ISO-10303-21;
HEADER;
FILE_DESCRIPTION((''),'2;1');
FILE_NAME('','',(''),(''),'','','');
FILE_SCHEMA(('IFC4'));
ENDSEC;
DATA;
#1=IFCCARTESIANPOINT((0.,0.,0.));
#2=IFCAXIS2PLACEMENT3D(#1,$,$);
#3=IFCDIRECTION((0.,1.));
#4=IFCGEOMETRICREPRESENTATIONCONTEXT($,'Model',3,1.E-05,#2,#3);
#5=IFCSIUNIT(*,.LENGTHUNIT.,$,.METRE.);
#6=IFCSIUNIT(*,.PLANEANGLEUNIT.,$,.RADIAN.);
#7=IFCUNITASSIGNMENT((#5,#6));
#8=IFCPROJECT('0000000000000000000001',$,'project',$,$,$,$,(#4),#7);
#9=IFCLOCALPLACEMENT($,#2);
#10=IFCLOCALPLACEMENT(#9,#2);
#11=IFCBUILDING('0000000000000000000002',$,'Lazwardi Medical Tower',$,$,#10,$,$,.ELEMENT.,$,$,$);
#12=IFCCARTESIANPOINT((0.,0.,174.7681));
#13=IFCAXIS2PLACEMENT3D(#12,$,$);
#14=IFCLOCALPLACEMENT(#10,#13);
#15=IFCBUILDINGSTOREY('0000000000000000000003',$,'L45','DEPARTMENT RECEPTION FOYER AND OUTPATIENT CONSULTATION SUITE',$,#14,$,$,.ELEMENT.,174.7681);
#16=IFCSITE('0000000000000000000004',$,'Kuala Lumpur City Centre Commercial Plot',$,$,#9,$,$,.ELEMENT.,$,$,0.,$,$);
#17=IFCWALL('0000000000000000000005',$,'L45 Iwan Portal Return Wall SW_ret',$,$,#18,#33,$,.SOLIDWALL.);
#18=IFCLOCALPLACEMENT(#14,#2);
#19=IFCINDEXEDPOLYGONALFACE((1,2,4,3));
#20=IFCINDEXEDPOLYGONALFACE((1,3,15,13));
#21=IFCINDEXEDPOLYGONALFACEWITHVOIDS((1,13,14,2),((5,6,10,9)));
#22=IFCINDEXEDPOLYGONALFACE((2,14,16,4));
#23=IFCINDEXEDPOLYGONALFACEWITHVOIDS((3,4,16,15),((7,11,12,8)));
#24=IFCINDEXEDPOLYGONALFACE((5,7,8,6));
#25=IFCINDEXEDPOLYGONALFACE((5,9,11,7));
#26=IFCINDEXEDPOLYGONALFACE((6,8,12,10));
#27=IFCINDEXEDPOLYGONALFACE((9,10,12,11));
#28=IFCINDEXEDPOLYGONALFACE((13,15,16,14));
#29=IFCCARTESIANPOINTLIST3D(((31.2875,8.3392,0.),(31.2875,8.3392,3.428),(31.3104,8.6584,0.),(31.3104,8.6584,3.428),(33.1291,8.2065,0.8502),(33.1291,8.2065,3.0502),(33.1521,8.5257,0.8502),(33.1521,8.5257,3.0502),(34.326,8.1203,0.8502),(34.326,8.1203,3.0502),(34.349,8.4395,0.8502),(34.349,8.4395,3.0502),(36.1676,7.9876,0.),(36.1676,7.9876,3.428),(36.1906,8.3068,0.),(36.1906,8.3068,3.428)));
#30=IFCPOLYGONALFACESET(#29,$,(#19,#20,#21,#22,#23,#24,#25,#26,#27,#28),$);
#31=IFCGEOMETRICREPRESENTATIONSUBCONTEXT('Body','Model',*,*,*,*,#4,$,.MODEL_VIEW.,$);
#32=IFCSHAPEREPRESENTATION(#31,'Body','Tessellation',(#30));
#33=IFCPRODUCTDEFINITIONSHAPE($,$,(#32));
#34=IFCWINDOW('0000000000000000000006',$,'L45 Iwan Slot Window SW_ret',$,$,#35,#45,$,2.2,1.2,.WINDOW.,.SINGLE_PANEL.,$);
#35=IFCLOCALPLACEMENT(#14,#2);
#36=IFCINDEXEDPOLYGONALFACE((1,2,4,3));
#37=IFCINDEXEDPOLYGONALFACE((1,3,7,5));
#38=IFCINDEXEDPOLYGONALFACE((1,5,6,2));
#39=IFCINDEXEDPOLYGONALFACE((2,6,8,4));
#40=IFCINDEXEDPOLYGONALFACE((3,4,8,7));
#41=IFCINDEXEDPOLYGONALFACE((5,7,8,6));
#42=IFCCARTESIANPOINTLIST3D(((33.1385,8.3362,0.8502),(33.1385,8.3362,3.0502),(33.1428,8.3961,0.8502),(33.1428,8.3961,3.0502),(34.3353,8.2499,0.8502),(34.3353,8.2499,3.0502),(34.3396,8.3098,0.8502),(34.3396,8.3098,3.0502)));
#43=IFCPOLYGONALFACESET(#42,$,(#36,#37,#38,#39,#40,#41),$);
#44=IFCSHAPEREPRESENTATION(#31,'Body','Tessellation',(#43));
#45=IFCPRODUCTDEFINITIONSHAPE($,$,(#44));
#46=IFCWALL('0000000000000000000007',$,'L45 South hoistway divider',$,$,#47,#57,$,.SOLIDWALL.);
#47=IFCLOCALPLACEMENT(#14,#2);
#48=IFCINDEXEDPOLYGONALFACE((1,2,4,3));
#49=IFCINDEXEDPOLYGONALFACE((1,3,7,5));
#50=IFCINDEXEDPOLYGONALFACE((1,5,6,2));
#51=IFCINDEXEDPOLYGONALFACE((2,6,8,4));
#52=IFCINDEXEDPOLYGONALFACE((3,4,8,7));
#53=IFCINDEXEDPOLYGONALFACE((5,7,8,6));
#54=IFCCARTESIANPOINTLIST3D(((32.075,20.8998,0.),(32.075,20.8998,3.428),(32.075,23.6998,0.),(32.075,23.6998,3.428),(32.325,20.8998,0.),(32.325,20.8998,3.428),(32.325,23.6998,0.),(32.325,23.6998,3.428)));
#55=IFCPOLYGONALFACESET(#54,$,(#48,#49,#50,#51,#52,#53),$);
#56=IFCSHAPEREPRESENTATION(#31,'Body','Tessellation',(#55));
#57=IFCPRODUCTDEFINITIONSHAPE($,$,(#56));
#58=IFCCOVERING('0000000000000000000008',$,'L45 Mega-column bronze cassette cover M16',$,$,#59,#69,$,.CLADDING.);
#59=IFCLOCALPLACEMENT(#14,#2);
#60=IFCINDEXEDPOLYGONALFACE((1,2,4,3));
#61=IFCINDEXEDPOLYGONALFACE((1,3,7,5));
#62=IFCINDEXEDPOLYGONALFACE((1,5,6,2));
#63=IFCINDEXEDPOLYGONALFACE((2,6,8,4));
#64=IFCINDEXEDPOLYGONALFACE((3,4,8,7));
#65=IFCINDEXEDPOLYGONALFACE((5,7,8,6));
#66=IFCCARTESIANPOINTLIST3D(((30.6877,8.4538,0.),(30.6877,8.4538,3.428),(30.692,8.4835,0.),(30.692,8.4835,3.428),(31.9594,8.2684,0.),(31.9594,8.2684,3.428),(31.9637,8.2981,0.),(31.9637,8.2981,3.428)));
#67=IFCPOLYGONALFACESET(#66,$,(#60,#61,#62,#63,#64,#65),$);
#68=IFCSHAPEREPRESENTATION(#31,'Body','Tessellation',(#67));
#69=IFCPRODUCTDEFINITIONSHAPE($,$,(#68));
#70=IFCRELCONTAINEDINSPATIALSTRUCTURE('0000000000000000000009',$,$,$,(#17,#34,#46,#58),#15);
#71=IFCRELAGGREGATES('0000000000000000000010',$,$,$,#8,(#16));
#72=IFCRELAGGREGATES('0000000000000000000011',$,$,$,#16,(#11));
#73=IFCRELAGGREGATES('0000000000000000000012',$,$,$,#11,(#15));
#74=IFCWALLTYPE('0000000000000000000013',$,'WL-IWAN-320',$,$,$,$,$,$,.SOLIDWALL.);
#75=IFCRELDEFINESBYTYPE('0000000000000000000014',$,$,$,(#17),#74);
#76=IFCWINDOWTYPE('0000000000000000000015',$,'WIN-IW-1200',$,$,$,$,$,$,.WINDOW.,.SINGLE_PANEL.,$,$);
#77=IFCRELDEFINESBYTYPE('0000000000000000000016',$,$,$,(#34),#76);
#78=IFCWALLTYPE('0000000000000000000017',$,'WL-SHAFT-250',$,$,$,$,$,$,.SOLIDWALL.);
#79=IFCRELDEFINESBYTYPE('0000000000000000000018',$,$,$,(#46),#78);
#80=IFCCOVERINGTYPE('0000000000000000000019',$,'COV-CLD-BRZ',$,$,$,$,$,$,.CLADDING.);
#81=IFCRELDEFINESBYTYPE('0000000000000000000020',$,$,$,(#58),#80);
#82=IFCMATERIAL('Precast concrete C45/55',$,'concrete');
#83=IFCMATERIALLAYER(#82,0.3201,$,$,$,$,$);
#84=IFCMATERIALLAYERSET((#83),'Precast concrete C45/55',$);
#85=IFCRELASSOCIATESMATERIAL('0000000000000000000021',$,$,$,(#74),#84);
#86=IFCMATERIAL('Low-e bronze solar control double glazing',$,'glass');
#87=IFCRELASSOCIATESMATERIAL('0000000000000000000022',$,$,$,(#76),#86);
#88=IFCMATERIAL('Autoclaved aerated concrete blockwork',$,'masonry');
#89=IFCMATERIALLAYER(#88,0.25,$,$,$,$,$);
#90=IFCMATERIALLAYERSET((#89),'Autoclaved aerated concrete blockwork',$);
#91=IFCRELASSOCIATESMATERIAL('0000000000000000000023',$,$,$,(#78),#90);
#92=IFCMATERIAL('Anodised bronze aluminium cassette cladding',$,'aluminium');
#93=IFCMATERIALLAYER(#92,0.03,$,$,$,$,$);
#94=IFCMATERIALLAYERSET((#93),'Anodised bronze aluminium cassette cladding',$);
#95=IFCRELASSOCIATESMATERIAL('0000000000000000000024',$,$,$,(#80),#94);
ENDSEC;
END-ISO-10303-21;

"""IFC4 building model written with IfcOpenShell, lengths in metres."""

from ifc_helpers import new_model, si_unit, direction, frame, frame_2d, origin, origin_2d, place, context, subcontext, project, spatial, rectangle, extrude, material, layer, layer_set, type_object, element, fill, save


model = new_model("IFC4")

# Units and contexts
model_context = context("Model", 3, precision=1e-05, world=origin(), true_north=direction((0.0, 1.0)))
body_context = subcontext(model_context, "Body", "Model", "MODEL_VIEW")
ifc_project = project(units=[si_unit("LENGTHUNIT", "METRE"), si_unit("PLANEANGLEUNIT", "RADIAN")], contexts=[model_context])

# Site, building, storey
site_placement = place(None, origin())
site = spatial("IfcSite", under=ifc_project, at=site_placement, Name="Kuala Lumpur City Centre Commercial Plot", CompositionType="ELEMENT", RefElevation=0.0)
building_placement = place(site_placement, origin())
building = spatial("IfcBuilding", under=site, at=building_placement, Name="Lazwardi Medical Tower", CompositionType="ELEMENT")
storey_placement = place(building_placement, frame((0.0, 0.0, 174.7681)))
storey = spatial("IfcBuildingStorey", under=building, at=storey_placement, Name="L45", Description="DEPARTMENT RECEPTION FOYER AND OUTPATIENT CONSULTATION SUITE", CompositionType="ELEMENT", Elevation=174.7681)

# Shared definitions
ifc_material_1 = material(Name="Low-e bronze solar control double glazing", Category="glass")

# Wall, opening, window
ifc_material_2 = material(Name="Precast concrete C45/55", Category="concrete")
ifc_layer_1 = layer(ifc_material_2, 0.3201)
ifc_layer_set_1 = layer_set([ifc_layer_1], Name="Precast concrete C45/55")
wall_type_1 = type_object("IfcWallType", Name="WL-IWAN-320", PredefinedType="SOLIDWALL", material=ifc_layer_set_1)
wall_1_placement = place(storey_placement, frame((31.2991, 8.4988, 0.0), z_axis=(0.0, 0.0, 1.0), x_axis=(0.997415, -0.071853, 0.0)))
wall_1 = element("IfcWall", 1, at=wall_1_placement, inside=storey, type_object=wall_type_1, Name="L45 Iwan Portal Return Wall SW_ret", PredefinedType="SOLIDWALL", context=body_context, shape_type="SweptSolid", body=[
    extrude(rectangle(XDim=4.8928, YDim=0.3201, at=frame_2d((2.4463, 0.0))), origin(), (0.0, 0.0, 1.0), 3.428),
])
opening_1_placement = place(wall_1_placement, frame((1.8462, 0.0, 0.8501)))
opening_1 = element("IfcOpeningElement", 2, at=opening_1_placement, cuts=wall_1, PredefinedType="OPENING", context=body_context, shape_type="SweptSolid", body=[
    extrude(rectangle(XDim=1.2, YDim=2.2, at=frame_2d((0.6001, 1.1001))), frame((0.0, 0.1699, 0.0), z_axis=(0.0, -1.0, 0.0), x_axis=(1.0, 0.0, 0.0)), (0.0, 0.0, 1.0), 0.3401),
])
window_type = type_object("IfcWindowType", Name="WIN-IW-1200", PartitioningType="SINGLE_PANEL", PredefinedType="WINDOW", material=ifc_material_1)
window_placement = place(opening_1_placement, origin())
window = element("IfcWindow", 3, at=window_placement, inside=storey, type_object=window_type, Name="L45 Iwan Slot Window SW_ret", OverallHeight=2.2, OverallWidth=1.2, PartitioningType="SINGLE_PANEL", PredefinedType="WINDOW", context=body_context, shape_type="SweptSolid", body=[
    extrude(rectangle(XDim=1.2, YDim=2.2, at=frame_2d((0.6001, 1.1001))), frame((0.0, 0.03, 0.0), z_axis=(0.0, -1.0, 0.0), x_axis=(1.0, 0.0, 0.0)), (0.0, 0.0, 1.0), 0.0601),
])
fill(opening_1, window)

# Wall
ifc_material_3 = material(Name="Autoclaved aerated concrete blockwork", Category="masonry")
ifc_layer_2 = layer(ifc_material_3, 0.25)
ifc_layer_set_2 = layer_set([ifc_layer_2], Name="Autoclaved aerated concrete blockwork")
wall_type_2 = type_object("IfcWallType", Name="WL-SHAFT-250", PredefinedType="SOLIDWALL", material=ifc_layer_set_2)
wall_2_placement = place(storey_placement, frame((32.2, 20.8999, 0.0), z_axis=(0.0, 0.0, 1.0), x_axis=(0.0, 1.0, 0.0)))
element("IfcWall", 4, at=wall_2_placement, inside=storey, type_object=wall_type_2, Name="L45 South hoistway divider", PredefinedType="SOLIDWALL", context=body_context, shape_type="SweptSolid", body=[
    extrude(rectangle(XDim=2.8, YDim=0.25, at=frame_2d((1.3999, 0.0))), origin(), (0.0, 0.0, 1.0), 3.428),
])

# Covering
ifc_material_4 = material(Name="Anodised bronze aluminium cassette cladding", Category="aluminium")
ifc_layer_3 = layer(ifc_material_4, 0.03)
ifc_layer_set_3 = layer_set([ifc_layer_3], Name="Anodised bronze aluminium cassette cladding")
covering_type = type_object("IfcCoveringType", Name="COV-CLD-BRZ", PredefinedType="CLADDING", material=ifc_layer_set_3)
covering_placement = place(storey_placement, frame((31.3257, 8.376, 0.0), z_axis=(0.0, 0.0, 1.0), x_axis=(0.989539, -0.144265, 0.0)))
element("IfcCovering", 5, at=covering_placement, inside=storey, type_object=covering_type, Name="L45 Mega-column bronze cassette cover M16", PredefinedType="CLADDING", context=body_context, shape_type="SweptSolid", body=[
    extrude(rectangle(XDim=1.2852, YDim=0.03, at=origin_2d()), origin(), (0.0, 0.0, 1.0), 3.428),
])

save(model, "model.ifc")
